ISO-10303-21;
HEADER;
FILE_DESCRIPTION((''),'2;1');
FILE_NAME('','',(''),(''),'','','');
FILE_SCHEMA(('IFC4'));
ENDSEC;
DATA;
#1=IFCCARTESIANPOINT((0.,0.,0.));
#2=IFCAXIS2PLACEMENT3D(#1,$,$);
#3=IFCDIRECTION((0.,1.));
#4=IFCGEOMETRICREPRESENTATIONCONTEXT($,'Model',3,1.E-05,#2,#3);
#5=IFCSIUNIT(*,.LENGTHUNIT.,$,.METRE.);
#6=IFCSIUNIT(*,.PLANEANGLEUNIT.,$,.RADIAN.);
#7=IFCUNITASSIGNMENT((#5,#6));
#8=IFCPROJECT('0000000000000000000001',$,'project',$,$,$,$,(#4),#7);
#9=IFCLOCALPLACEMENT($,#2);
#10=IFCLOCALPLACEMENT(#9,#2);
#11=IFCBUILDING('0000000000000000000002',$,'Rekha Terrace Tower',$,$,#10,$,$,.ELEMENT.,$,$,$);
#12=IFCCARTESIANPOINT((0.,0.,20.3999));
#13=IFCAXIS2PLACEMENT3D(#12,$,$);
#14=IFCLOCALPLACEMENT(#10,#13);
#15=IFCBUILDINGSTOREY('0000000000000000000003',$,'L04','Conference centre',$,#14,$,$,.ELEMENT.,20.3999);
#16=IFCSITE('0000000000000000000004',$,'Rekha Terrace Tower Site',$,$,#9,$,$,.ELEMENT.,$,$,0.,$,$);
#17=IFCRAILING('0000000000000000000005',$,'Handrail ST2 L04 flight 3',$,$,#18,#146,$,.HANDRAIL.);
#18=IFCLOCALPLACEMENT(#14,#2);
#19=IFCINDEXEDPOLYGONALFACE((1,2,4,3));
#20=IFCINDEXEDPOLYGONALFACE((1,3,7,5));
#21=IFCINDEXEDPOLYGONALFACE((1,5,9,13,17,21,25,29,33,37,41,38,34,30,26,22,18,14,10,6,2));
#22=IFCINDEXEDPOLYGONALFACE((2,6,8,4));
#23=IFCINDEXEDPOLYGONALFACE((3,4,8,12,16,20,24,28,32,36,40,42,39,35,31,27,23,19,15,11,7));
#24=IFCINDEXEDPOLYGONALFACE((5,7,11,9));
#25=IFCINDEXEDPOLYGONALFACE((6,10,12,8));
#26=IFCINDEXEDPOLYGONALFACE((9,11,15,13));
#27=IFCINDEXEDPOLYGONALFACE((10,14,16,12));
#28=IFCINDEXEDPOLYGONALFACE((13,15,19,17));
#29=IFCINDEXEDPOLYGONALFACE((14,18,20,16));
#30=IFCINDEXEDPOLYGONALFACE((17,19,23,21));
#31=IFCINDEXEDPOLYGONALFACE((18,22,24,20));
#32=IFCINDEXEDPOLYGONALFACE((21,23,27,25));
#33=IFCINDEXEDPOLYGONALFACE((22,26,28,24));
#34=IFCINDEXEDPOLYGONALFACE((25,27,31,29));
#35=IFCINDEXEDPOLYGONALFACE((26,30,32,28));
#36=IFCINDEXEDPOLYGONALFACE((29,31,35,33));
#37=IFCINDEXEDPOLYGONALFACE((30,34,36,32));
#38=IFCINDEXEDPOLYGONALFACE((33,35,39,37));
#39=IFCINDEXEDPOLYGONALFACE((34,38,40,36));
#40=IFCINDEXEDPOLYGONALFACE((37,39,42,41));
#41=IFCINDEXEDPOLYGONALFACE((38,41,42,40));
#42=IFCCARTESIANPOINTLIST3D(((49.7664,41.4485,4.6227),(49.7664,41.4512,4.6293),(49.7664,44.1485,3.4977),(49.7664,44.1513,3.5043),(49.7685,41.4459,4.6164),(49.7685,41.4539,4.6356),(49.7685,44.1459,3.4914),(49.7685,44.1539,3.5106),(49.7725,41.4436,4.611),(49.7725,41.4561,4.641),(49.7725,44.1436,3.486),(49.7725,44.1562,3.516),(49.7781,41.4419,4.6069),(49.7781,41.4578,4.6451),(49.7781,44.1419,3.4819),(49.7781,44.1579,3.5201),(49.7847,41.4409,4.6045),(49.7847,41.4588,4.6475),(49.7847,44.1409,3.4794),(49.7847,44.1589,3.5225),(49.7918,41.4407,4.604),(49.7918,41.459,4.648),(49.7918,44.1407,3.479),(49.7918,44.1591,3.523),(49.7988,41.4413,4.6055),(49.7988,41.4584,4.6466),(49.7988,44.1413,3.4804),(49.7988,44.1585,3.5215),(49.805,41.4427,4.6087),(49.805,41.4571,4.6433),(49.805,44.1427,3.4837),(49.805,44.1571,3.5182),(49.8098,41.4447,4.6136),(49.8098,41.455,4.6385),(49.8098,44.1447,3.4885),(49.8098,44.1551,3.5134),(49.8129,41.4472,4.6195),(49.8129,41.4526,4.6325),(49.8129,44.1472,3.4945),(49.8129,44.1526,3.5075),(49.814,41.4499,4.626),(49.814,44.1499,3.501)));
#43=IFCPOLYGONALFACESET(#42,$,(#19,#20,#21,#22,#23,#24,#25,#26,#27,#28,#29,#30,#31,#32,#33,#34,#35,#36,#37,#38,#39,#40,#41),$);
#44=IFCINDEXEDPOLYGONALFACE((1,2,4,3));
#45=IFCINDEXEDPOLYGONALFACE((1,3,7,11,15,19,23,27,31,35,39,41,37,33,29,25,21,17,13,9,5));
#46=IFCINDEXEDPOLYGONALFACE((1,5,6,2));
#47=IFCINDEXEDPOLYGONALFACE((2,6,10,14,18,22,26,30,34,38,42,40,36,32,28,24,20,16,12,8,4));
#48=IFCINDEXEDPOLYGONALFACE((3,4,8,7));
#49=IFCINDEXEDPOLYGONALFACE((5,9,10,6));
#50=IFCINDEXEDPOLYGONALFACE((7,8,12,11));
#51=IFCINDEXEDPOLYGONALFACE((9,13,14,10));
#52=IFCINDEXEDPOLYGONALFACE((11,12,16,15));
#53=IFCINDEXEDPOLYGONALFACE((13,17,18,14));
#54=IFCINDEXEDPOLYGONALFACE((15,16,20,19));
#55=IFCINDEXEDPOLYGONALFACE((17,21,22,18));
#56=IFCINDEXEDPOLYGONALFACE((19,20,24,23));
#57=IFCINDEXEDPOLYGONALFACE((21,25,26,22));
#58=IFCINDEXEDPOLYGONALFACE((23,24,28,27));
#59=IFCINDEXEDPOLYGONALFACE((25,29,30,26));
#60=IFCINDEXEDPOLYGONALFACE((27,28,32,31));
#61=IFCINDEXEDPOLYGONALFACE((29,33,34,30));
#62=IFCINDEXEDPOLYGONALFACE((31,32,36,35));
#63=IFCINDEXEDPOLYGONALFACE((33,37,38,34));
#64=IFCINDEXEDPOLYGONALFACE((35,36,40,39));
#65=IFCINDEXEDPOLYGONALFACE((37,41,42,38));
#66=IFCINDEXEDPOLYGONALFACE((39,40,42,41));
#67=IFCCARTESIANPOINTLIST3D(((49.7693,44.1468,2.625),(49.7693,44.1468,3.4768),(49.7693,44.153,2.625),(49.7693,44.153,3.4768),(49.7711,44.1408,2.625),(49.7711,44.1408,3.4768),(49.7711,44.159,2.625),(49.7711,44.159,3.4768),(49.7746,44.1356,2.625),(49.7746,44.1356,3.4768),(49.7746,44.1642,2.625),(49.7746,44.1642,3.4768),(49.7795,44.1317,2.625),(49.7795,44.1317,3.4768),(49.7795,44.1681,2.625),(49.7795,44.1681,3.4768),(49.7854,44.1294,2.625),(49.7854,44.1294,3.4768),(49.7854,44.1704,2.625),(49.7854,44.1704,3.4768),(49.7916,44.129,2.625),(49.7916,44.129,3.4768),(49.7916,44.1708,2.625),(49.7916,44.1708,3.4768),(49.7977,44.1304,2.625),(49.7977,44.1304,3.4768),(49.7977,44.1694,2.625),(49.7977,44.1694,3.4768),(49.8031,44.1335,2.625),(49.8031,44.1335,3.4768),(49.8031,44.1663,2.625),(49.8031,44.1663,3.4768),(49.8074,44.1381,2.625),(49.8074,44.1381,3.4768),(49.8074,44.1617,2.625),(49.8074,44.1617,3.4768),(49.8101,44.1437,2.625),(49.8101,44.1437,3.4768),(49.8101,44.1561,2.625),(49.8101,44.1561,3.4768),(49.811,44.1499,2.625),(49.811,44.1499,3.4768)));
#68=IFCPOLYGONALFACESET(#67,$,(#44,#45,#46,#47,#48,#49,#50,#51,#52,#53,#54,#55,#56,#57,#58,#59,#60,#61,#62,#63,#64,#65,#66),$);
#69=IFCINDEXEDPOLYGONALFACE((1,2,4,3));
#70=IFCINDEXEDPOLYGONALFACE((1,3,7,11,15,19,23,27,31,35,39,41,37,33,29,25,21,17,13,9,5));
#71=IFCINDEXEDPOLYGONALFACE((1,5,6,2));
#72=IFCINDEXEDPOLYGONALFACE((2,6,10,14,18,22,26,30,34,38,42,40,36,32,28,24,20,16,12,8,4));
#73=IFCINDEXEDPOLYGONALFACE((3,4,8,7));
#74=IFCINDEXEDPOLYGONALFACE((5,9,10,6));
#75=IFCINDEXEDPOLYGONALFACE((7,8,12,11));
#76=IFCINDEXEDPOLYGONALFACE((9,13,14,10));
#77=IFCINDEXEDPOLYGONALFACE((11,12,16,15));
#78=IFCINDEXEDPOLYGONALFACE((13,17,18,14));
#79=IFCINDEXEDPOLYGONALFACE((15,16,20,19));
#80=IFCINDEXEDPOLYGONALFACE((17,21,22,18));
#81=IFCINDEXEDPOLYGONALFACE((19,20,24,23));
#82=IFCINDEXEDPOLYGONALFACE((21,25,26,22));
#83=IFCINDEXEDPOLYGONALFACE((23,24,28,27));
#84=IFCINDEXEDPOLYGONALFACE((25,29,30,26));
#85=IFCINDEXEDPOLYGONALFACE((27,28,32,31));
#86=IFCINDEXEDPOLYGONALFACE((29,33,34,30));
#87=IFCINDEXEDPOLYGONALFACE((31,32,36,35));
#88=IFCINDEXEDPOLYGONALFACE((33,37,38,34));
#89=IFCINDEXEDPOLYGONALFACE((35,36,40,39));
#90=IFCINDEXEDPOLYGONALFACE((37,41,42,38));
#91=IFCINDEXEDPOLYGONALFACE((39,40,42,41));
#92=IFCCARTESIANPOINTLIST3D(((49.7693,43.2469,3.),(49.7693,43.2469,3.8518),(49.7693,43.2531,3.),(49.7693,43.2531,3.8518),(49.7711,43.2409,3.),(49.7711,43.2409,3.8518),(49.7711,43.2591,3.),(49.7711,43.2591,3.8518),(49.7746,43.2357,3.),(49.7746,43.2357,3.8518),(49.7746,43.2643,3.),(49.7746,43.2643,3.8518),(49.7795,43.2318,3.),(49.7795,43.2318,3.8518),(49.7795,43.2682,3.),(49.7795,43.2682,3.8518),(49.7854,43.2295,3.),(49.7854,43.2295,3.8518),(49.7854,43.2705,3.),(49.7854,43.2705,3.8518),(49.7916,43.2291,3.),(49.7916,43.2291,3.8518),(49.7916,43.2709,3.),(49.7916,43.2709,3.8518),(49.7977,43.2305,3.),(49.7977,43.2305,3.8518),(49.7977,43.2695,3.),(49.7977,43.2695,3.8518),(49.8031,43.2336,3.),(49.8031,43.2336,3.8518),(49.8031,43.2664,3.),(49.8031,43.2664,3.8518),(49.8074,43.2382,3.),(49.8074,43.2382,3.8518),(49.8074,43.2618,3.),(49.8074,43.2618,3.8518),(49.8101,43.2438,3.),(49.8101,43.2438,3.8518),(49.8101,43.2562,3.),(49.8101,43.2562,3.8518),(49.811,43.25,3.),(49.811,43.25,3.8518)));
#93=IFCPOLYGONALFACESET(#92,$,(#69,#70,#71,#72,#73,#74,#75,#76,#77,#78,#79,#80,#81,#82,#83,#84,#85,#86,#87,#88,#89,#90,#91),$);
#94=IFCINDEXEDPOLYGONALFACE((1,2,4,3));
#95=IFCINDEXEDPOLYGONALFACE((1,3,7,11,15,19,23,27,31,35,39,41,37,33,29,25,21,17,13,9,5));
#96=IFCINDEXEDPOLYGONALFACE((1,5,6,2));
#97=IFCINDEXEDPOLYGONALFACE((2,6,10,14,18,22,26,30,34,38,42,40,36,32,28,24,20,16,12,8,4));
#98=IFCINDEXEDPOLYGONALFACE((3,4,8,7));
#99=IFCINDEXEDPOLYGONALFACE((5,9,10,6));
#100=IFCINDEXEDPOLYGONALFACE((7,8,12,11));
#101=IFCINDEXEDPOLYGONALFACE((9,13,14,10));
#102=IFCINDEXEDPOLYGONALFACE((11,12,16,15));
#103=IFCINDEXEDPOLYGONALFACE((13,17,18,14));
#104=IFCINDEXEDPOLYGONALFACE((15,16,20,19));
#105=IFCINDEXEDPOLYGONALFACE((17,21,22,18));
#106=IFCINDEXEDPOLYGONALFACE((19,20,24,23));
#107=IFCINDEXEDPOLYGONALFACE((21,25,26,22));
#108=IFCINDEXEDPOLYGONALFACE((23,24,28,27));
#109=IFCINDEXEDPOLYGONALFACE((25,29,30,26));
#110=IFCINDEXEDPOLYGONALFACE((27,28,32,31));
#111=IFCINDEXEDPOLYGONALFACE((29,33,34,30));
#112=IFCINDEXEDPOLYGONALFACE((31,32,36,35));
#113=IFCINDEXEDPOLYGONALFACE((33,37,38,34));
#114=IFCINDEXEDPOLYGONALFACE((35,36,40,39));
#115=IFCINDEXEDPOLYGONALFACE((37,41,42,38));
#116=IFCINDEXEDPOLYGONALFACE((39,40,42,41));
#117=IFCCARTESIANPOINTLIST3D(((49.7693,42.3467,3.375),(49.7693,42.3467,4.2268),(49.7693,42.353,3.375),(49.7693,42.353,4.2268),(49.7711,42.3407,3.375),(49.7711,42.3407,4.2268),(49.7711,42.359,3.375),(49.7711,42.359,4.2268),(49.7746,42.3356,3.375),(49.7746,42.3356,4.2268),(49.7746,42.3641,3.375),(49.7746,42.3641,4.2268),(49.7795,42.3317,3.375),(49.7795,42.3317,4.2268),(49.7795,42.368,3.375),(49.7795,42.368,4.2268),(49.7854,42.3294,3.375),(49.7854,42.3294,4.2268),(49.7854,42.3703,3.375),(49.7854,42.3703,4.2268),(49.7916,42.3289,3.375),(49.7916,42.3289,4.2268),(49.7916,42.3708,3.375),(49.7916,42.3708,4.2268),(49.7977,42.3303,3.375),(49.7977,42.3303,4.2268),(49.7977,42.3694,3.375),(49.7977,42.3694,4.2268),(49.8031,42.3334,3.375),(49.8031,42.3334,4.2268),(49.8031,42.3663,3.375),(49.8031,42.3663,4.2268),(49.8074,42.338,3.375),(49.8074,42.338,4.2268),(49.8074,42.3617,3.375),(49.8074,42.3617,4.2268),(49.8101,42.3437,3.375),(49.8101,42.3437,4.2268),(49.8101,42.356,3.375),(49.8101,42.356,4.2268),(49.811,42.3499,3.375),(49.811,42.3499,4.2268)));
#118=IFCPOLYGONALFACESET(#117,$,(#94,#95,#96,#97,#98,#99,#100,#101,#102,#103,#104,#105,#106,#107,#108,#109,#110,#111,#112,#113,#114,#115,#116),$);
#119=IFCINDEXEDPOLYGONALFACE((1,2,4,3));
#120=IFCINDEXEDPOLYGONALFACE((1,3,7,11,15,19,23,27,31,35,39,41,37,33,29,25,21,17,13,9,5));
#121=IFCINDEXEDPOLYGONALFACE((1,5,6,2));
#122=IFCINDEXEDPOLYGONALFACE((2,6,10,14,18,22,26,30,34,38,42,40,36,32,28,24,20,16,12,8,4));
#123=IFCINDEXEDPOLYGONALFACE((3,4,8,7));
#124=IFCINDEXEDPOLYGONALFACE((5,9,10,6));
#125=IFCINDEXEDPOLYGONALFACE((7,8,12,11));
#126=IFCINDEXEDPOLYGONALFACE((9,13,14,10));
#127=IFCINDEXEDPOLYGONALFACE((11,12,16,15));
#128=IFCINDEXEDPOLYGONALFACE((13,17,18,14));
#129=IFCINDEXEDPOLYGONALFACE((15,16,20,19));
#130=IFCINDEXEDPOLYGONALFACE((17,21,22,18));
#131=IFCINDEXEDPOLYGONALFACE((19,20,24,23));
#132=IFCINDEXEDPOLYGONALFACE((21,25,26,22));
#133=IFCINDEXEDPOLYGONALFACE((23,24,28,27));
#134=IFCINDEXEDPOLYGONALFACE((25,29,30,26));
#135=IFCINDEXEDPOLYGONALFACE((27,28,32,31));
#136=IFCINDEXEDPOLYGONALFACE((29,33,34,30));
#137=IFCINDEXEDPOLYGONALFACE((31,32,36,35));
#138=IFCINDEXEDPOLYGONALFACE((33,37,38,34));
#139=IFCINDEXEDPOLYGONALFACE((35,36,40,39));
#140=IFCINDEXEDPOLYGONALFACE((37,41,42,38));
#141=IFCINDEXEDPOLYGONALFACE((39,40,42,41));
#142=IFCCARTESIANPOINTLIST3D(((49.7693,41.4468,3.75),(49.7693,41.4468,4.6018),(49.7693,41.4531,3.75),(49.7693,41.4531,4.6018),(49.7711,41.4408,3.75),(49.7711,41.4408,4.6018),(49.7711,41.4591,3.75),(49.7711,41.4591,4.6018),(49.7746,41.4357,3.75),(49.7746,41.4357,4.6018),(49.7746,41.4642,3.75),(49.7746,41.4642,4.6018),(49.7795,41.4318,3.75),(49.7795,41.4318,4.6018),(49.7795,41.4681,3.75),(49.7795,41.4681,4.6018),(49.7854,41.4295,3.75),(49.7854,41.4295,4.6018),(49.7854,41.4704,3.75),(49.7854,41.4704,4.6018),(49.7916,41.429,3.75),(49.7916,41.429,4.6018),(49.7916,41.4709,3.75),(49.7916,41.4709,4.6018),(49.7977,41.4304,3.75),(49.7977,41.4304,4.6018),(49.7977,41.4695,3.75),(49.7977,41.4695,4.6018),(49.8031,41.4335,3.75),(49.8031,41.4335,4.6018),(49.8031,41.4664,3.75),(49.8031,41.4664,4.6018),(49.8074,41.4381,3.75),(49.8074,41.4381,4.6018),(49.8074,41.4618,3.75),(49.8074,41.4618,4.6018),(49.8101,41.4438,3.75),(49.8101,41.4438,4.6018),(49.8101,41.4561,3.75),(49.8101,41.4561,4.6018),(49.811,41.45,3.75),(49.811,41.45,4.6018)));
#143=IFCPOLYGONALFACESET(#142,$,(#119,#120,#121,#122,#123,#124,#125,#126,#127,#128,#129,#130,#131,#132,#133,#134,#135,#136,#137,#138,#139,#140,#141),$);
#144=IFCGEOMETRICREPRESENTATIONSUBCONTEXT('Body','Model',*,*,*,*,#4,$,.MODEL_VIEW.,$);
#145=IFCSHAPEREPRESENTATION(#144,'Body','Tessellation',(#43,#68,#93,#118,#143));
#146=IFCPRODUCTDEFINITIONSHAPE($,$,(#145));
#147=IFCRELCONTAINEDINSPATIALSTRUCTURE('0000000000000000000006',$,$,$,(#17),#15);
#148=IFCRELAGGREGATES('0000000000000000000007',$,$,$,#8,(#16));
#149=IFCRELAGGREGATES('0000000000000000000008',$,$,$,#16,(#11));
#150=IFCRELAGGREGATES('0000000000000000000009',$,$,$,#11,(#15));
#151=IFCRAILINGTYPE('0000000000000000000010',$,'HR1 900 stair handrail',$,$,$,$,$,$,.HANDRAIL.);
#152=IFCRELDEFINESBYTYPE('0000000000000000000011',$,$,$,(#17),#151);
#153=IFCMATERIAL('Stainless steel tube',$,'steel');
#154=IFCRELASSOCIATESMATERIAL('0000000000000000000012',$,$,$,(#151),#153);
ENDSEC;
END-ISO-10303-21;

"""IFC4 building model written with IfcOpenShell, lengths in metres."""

from ifc_helpers import new_model, si_unit, direction, frame, origin, origin_2d, place, context, subcontext, project, spatial, circle, extrude, material, type_object, element, save


model = new_model("IFC4")

# Units and contexts
model_context = context("Model", 3, precision=1e-05, world=origin(), true_north=direction((0.0, 1.0)))
body_context = subcontext(model_context, "Body", "Model", "MODEL_VIEW")
ifc_project = project(units=[si_unit("LENGTHUNIT", "METRE"), si_unit("PLANEANGLEUNIT", "RADIAN")], contexts=[model_context])

# Site, building, storey
site_placement = place(None, origin())
site = spatial("IfcSite", under=ifc_project, at=site_placement, Name="Rekha Terrace Tower Site", CompositionType="ELEMENT", RefElevation=0.0)
building_placement = place(site_placement, origin())
building = spatial("IfcBuilding", under=site, at=building_placement, Name="Rekha Terrace Tower", CompositionType="ELEMENT")
storey_placement = place(building_placement, frame((0.0, 0.0, 20.3999)))
storey = spatial("IfcBuildingStorey", under=building, at=storey_placement, Name="L04", Description="Conference centre", CompositionType="ELEMENT", Elevation=20.3999)

# Railing
ifc_material_1 = material(Name="Stainless steel tube", Category="steel")
railing_type_1 = type_object("IfcRailingType", Name="HR1 900 stair handrail", PredefinedType="HANDRAIL", material=ifc_material_1)
railing_1_placement = place(storey_placement, frame((49.79, 44.1499, 2.625)))
element("IfcRailing", 1, at=railing_1_placement, inside=storey, type_object=railing_type_1, Name="Handrail ST2 L04 flight 3", PredefinedType="HANDRAIL", context=body_context, shape_type="SweptSolid", body=[
    extrude(circle(Radius=0.0239, at=origin_2d()), frame((0.0, 0.0, 0.876), z_axis=(0.0, -0.923074, 0.384621), x_axis=(1.0, 0.0, 0.0)), (0.0, 0.0, 1.0), 2.925),
    extrude(circle(Radius=0.021, at=origin_2d()), origin(), (0.0, 0.0, 1.0), 0.8518),
    extrude(circle(Radius=0.021, at=origin_2d()), frame((0.0, -0.8999, 0.375)), (0.0, 0.0, 1.0), 0.8518),
    extrude(circle(Radius=0.021, at=origin_2d()), frame((0.0, -1.8, 0.75)), (0.0, 0.0, 1.0), 0.8518),
    extrude(circle(Radius=0.021, at=origin_2d()), frame((0.0, -2.7, 1.125)), (0.0, 0.0, 1.0), 0.8518),
])

save(model, "model.ifc")
